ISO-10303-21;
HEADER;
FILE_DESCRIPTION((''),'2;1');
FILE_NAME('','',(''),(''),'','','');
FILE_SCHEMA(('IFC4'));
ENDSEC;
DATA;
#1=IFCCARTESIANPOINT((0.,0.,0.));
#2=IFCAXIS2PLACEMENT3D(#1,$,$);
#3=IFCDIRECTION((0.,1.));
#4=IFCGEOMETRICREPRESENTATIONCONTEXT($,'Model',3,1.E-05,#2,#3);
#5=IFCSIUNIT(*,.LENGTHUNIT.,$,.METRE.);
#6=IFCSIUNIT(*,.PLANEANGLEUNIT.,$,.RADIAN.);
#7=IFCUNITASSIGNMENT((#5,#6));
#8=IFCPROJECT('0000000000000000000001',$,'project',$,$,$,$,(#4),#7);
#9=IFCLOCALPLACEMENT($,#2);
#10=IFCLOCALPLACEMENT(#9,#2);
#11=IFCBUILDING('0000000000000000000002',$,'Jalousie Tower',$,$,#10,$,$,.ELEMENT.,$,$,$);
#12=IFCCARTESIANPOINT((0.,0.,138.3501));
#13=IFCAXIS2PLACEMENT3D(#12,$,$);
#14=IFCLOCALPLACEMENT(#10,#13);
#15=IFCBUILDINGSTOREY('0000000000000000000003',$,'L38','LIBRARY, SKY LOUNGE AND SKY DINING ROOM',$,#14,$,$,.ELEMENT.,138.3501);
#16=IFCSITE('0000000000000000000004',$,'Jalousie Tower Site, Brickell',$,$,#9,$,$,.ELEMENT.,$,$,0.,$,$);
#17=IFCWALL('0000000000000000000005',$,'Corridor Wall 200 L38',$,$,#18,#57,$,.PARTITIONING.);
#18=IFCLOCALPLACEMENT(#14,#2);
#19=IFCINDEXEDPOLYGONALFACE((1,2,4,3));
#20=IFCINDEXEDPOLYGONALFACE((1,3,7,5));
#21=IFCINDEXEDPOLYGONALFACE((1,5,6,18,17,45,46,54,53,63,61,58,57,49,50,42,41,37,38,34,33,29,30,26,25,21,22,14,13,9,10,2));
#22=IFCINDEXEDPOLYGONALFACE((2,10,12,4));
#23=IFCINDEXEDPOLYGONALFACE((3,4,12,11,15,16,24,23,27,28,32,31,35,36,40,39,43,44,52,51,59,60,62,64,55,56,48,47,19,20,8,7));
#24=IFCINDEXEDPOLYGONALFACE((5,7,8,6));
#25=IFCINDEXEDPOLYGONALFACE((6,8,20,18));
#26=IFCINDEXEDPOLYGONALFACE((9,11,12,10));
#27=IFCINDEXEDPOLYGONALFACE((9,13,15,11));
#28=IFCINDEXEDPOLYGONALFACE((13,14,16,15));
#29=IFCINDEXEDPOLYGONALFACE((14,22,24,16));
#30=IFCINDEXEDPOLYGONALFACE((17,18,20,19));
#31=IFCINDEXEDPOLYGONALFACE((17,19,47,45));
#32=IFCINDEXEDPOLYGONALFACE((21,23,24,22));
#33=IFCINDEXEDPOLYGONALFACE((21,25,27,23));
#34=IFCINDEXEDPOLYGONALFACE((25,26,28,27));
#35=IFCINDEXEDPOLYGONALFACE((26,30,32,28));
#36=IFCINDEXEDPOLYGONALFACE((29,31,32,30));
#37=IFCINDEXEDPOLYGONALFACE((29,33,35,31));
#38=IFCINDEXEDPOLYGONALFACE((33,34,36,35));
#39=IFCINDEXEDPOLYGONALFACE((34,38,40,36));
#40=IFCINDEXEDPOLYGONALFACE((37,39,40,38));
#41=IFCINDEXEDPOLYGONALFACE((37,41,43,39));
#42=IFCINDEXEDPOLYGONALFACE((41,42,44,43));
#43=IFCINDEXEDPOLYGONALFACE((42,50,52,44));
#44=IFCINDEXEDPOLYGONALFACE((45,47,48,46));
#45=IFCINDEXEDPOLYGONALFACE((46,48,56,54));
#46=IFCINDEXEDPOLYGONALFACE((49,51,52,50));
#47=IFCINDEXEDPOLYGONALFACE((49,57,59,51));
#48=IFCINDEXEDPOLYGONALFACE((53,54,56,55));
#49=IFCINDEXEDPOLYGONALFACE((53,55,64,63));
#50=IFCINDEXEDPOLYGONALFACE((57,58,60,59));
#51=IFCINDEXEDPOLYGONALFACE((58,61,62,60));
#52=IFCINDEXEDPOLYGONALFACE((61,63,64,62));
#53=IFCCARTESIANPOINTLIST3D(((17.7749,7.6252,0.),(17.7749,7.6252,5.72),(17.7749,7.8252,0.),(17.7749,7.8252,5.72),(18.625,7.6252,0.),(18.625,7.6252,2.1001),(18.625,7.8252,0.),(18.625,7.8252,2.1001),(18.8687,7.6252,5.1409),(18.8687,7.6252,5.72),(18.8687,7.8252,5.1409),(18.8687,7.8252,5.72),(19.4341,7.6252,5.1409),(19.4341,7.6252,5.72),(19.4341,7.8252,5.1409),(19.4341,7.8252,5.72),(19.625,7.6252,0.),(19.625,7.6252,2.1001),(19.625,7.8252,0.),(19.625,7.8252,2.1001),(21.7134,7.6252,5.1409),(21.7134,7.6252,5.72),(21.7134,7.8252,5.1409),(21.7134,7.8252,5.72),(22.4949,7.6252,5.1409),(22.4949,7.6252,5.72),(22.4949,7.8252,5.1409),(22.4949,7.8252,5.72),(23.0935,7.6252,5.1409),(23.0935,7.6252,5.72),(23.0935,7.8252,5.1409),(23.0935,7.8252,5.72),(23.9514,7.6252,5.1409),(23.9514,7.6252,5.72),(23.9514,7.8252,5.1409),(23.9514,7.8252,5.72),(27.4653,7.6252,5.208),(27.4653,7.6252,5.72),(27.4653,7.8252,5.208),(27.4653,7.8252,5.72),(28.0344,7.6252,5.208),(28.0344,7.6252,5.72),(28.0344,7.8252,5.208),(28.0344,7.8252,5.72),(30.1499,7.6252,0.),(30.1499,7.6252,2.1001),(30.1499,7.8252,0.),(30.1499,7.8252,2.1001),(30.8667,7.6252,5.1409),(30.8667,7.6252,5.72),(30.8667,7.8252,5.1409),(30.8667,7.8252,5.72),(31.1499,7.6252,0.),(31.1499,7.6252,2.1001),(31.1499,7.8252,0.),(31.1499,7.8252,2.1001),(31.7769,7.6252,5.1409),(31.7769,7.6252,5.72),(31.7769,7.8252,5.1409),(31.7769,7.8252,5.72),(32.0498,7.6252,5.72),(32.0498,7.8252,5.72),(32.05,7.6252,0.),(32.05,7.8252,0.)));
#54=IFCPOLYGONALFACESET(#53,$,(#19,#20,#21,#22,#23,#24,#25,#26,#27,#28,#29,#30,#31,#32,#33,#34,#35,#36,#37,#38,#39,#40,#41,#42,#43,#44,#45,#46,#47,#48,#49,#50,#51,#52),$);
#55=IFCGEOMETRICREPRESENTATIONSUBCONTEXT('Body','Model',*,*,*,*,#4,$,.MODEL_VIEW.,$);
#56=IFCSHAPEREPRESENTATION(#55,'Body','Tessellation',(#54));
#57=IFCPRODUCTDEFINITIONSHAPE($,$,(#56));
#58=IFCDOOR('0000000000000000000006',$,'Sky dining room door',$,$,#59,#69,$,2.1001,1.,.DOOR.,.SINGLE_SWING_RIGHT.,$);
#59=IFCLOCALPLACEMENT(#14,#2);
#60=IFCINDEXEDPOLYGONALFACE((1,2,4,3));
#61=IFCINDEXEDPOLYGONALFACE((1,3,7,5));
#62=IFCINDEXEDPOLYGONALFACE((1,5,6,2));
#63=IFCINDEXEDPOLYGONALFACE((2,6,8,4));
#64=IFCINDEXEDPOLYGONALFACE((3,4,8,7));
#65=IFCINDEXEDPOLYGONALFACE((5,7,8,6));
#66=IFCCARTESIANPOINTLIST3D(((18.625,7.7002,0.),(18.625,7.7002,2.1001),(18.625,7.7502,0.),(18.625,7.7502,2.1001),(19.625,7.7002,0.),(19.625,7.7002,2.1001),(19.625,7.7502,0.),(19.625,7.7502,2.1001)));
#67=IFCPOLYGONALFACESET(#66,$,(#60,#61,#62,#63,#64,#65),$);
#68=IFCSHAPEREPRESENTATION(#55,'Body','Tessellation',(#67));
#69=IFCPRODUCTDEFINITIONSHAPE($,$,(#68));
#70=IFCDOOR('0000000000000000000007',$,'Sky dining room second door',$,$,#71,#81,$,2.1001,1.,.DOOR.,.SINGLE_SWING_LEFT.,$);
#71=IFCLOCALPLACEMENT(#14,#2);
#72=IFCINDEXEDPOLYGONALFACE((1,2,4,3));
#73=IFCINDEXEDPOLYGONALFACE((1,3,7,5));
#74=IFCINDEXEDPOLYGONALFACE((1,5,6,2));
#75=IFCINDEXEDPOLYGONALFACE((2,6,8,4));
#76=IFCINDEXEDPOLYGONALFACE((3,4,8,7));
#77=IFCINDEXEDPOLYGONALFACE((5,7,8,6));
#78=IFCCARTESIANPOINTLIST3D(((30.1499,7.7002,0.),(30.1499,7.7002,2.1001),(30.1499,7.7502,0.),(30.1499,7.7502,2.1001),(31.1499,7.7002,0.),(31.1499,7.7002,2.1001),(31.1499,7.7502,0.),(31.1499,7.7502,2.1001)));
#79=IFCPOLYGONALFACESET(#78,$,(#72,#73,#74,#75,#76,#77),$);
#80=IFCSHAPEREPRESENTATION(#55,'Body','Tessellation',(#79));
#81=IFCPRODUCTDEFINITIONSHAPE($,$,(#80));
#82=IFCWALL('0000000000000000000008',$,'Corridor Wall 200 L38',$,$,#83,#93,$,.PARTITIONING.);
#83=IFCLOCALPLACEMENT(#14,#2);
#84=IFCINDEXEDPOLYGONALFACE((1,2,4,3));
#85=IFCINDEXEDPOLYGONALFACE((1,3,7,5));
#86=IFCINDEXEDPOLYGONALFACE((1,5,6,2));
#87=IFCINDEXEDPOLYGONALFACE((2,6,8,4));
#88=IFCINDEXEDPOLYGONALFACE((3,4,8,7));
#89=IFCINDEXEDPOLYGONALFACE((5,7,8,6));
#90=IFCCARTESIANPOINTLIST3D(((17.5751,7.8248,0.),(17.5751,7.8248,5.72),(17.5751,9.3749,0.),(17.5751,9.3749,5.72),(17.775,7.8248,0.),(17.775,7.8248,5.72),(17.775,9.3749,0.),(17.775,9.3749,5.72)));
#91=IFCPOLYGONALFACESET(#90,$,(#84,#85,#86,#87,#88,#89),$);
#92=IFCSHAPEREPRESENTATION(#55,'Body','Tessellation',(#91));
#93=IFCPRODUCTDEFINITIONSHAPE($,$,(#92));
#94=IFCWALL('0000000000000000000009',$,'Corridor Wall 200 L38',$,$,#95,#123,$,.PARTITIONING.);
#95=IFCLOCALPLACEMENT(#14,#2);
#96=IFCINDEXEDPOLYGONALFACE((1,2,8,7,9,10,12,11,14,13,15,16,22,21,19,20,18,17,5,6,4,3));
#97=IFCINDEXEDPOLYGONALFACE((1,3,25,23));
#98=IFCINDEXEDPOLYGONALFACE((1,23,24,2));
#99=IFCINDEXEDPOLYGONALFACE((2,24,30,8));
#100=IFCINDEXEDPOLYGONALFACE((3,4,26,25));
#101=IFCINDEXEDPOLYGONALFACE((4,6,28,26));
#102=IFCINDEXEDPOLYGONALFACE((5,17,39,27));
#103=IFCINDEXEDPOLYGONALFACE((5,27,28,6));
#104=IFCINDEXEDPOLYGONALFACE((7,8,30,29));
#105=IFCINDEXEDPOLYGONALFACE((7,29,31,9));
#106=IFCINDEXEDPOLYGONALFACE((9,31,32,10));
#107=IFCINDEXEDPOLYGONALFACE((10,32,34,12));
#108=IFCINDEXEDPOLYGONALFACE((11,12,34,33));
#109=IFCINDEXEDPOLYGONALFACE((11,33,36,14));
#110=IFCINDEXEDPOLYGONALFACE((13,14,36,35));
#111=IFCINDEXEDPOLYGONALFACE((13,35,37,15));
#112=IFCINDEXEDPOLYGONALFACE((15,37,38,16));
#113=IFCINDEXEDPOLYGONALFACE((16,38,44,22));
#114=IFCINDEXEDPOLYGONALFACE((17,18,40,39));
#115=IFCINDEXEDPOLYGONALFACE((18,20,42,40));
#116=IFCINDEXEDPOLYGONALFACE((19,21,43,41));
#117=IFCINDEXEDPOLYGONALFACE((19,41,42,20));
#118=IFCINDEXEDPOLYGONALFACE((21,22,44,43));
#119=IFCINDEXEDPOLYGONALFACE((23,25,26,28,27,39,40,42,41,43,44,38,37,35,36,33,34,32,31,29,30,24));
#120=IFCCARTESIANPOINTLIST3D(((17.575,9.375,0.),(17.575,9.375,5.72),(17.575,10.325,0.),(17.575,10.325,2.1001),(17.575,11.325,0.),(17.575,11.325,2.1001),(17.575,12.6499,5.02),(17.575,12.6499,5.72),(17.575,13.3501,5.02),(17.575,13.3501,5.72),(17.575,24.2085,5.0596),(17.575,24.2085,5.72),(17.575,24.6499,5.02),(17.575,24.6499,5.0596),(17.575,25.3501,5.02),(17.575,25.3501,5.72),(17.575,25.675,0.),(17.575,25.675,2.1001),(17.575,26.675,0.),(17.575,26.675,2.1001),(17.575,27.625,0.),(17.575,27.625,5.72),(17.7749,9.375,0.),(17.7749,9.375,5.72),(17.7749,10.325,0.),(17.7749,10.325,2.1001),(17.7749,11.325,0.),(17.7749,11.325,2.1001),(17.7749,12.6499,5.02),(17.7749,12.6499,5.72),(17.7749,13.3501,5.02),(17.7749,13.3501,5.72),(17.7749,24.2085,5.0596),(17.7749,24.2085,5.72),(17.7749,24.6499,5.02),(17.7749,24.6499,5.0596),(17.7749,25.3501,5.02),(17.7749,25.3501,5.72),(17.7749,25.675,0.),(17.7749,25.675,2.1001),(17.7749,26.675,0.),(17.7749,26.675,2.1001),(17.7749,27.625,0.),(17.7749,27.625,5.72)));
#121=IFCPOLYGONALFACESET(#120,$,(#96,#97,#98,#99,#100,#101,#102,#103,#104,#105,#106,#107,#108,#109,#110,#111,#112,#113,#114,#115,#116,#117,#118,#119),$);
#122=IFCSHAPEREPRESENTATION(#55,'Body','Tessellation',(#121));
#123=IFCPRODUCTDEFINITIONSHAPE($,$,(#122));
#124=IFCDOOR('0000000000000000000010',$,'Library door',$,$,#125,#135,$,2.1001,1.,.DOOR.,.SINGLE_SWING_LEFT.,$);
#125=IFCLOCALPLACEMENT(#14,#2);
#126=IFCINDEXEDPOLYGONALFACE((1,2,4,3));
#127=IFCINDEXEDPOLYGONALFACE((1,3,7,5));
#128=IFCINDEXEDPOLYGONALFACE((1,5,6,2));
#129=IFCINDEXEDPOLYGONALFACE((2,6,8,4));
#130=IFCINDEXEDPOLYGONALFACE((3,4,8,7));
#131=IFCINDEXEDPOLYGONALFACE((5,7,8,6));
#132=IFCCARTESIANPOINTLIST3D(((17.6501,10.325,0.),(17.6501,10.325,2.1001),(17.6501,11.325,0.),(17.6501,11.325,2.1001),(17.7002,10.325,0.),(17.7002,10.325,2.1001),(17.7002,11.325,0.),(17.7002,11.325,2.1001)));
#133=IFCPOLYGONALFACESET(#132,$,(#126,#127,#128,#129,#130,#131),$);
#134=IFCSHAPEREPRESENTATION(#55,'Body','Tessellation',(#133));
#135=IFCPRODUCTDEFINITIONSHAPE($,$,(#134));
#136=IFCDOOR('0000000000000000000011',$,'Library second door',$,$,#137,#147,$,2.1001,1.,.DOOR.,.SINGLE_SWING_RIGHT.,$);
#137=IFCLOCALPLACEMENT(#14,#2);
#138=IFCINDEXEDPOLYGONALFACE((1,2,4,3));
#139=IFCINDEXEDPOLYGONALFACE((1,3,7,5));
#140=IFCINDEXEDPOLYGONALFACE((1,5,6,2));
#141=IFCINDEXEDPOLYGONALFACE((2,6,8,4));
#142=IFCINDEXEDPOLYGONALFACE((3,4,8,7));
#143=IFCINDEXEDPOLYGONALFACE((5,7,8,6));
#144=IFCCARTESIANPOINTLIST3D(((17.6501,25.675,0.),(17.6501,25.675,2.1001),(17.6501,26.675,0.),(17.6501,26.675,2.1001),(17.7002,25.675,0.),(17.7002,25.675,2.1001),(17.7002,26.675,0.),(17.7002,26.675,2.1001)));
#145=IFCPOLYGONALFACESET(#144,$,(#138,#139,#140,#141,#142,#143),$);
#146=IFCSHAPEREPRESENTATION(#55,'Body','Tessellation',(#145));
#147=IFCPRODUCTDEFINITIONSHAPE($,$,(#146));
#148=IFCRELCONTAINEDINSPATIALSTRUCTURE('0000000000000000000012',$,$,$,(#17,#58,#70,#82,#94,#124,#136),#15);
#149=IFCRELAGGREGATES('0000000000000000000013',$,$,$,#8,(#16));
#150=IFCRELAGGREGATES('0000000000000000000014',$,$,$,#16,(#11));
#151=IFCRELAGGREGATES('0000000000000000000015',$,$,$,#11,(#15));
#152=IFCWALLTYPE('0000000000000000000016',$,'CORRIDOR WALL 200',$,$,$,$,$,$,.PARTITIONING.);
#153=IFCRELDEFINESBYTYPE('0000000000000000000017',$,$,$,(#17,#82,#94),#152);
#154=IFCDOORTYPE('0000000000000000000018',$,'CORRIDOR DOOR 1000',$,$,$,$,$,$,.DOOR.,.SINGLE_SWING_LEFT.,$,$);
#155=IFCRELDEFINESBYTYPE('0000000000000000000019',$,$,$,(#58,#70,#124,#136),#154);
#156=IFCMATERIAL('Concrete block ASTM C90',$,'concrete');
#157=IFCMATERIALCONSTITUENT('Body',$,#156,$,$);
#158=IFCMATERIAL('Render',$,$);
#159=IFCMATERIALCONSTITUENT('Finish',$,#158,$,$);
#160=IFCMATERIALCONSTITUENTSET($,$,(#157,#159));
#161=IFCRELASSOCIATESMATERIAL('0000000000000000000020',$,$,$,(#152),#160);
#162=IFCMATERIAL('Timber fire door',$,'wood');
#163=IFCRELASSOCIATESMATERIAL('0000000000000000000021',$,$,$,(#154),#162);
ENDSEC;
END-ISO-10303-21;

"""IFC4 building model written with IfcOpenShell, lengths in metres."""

from ifc_helpers import new_model, si_unit, direction, frame, frame_2d, origin, place, context, subcontext, project, spatial, polyline, rectangle, outline, extrude, material, constituent, constituent_set, type_object, element, fill, save


model = new_model("IFC4")

# Units and contexts
model_context = context("Model", 3, precision=1e-05, world=origin(), true_north=direction((0.0, 1.0)))
body_context = subcontext(model_context, "Body", "Model", "MODEL_VIEW")
ifc_project = project(units=[si_unit("LENGTHUNIT", "METRE"), si_unit("PLANEANGLEUNIT", "RADIAN")], contexts=[model_context])

# Site, building, storey
site_placement = place(None, origin())
site = spatial("IfcSite", under=ifc_project, at=site_placement, Name="Jalousie Tower Site, Brickell", CompositionType="ELEMENT", RefElevation=0.0)
building_placement = place(site_placement, origin())
building = spatial("IfcBuilding", under=site, at=building_placement, Name="Jalousie Tower", CompositionType="ELEMENT")
storey_placement = place(building_placement, frame((0.0, 0.0, 138.3501)))
storey = spatial("IfcBuildingStorey", under=building, at=storey_placement, Name="L38", Description="LIBRARY, SKY LOUNGE AND SKY DINING ROOM", CompositionType="ELEMENT", Elevation=138.3501)

# Wall, openings, doors
ifc_material_1 = material(Name="Concrete block ASTM C90", Category="concrete")
ifc_constituent_1 = constituent(ifc_material_1, Name="Body")
ifc_material_2 = material(Name="Render")
ifc_constituent_2 = constituent(ifc_material_2, Name="Finish")
ifc_constituent_set_1 = constituent_set(constituents=[ifc_constituent_1, ifc_constituent_2])
wall_type_1 = type_object("IfcWallType", Name="CORRIDOR WALL 200", PredefinedType="PARTITIONING", material=ifc_constituent_set_1)
wall_1_placement = place(storey_placement, frame((17.7749, 7.7251, 0.0), z_axis=(0.0, 0.0, 1.0), x_axis=(1.0, 0.0, 0.0)))
wall_1 = element("IfcWall", 1, at=wall_1_placement, inside=storey, type_object=wall_type_1, Name="Corridor Wall 200 L38", PredefinedType="PARTITIONING", context=body_context, shape_type="SweptSolid", body=[
    extrude(outline(polyline([(0.0, 0.0), (14.2751, 0.0), (14.2749, 5.72), (14.002, 5.72), (14.002, 5.1409), (13.0918, 5.1409), (13.0918, 5.72), (10.2595, 5.72), (10.2595, 5.208), (9.6904, 5.208), (9.6904, 5.72), (6.1765, 5.72), (6.1765, 5.1409), (5.3186, 5.1409), (5.3186, 5.72), (4.72, 5.72), (4.72, 5.1409), (3.9385, 5.1409), (3.9385, 5.72), (1.6592, 5.72), (1.6592, 5.1409), (1.0938, 5.1409), (1.0938, 5.72), (0.0, 5.72), (0.0, 0.0)])), frame((0.0, 0.1001, 0.0), z_axis=(0.0, -1.0, 0.0), x_axis=(1.0, 0.0, 0.0)), (0.0, 0.0, 1.0), 0.2),
])
opening_1_placement = place(wall_1_placement, frame((0.8501, 0.0, 0.0)))
opening_1 = element("IfcOpeningElement", 2, at=opening_1_placement, cuts=wall_1, PredefinedType="OPENING", context=body_context, shape_type="SweptSolid", body=[
    extrude(rectangle(XDim=1.0, YDim=2.1001, at=frame_2d((0.5, 1.05))), frame((0.0, 0.1099, 0.0), z_axis=(0.0, -1.0, 0.0), x_axis=(1.0, 0.0, 0.0)), (0.0, 0.0, 1.0), 0.22),
])
opening_2_placement = place(wall_1_placement, frame((12.375, 0.0, 0.0)))
opening_2 = element("IfcOpeningElement", 3, at=opening_2_placement, cuts=wall_1, PredefinedType="OPENING", context=body_context, shape_type="SweptSolid", body=[
    extrude(rectangle(XDim=1.0, YDim=2.1001, at=frame_2d((0.5, 1.05))), frame((0.0, 0.1099, 0.0), z_axis=(0.0, -1.0, 0.0), x_axis=(1.0, 0.0, 0.0)), (0.0, 0.0, 1.0), 0.22),
])
ifc_material_3 = material(Name="Timber fire door", Category="wood")
door_type_1 = type_object("IfcDoorType", Name="CORRIDOR DOOR 1000", OperationType="SINGLE_SWING_LEFT", PredefinedType="DOOR", material=ifc_material_3)
door_1_placement = place(opening_1_placement, frame((1.0, 0.0, 0.0), z_axis=(0.0, 0.0, 1.0), x_axis=(-1.0, 0.0, 0.0)))
door_1 = element("IfcDoor", 4, at=door_1_placement, inside=storey, type_object=door_type_1, Name="Sky dining room door", OperationType="SINGLE_SWING_RIGHT", OverallHeight=2.1001, OverallWidth=1.0, PredefinedType="DOOR", context=body_context, shape_type="SweptSolid", body=[
    extrude(rectangle(XDim=1.0, YDim=2.1001, at=frame_2d((0.5, 1.05))), frame((0.0, 0.0249, 0.0), z_axis=(0.0, -1.0, 0.0), x_axis=(1.0, 0.0, 0.0)), (0.0, 0.0, 1.0), 0.05),
])
fill(opening_1, door_1)
door_2_placement = place(opening_2_placement, frame((1.0, 0.0, 0.0), z_axis=(0.0, 0.0, 1.0), x_axis=(-1.0, 0.0, 0.0)))
door_2 = element("IfcDoor", 5, at=door_2_placement, inside=storey, type_object=door_type_1, Name="Sky dining room second door", OperationType="SINGLE_SWING_LEFT", OverallHeight=2.1001, OverallWidth=1.0, PredefinedType="DOOR", context=body_context, shape_type="SweptSolid", body=[
    extrude(rectangle(XDim=1.0, YDim=2.1001, at=frame_2d((0.5, 1.05))), frame((0.0, 0.0249, 0.0), z_axis=(0.0, -1.0, 0.0), x_axis=(1.0, 0.0, 0.0)), (0.0, 0.0, 1.0), 0.05),
])
fill(opening_2, door_2)

# Wall
wall_2_placement = place(storey_placement, frame((17.675, 7.825, 0.0), z_axis=(0.0, 0.0, 1.0), x_axis=(0.0, 1.0, 0.0)))
element("IfcWall", 6, at=wall_2_placement, inside=storey, type_object=wall_type_1, Name="Corridor Wall 200 L38", PredefinedType="PARTITIONING", context=body_context, shape_type="SweptSolid", body=[
    extrude(rectangle(XDim=1.55, YDim=0.2, at=frame_2d((0.7749, 0.0))), origin(), (0.0, 0.0, 1.0), 5.72),
])

# Wall, openings, doors
wall_3_placement = place(storey_placement, frame((17.675, 9.375, 0.0), z_axis=(0.0, 0.0, 1.0), x_axis=(0.0, 1.0, 0.0)))
wall_3 = element("IfcWall", 7, at=wall_3_placement, inside=storey, type_object=wall_type_1, Name="Corridor Wall 200 L38", PredefinedType="PARTITIONING", context=body_context, shape_type="SweptSolid", body=[
    extrude(outline(polyline([(0.0, 0.0), (18.25, 0.0), (18.25, 5.72), (15.9751, 5.72), (15.9751, 5.02), (15.2749, 5.02), (15.2749, 5.0596), (14.8335, 5.0596), (14.8335, 5.72), (3.9751, 5.72), (3.9751, 5.02), (3.2749, 5.02), (3.2749, 5.72), (0.0, 5.72), (0.0, 0.0)])), frame((0.0, 0.1001, 0.0), z_axis=(0.0, -1.0, 0.0), x_axis=(1.0, 0.0, 0.0)), (0.0, 0.0, 1.0), 0.2),
])
opening_3_placement = place(wall_3_placement, frame((0.95, 0.0, 0.0)))
opening_3 = element("IfcOpeningElement", 8, at=opening_3_placement, cuts=wall_3, PredefinedType="OPENING", context=body_context, shape_type="SweptSolid", body=[
    extrude(rectangle(XDim=1.0, YDim=2.1001, at=frame_2d((0.5, 1.05))), frame((0.0, 0.1099, 0.0), z_axis=(0.0, -1.0, 0.0), x_axis=(1.0, 0.0, 0.0)), (0.0, 0.0, 1.0), 0.22),
])
opening_4_placement = place(wall_3_placement, frame((16.3, 0.0, 0.0)))
opening_4 = element("IfcOpeningElement", 9, at=opening_4_placement, cuts=wall_3, PredefinedType="OPENING", context=body_context, shape_type="SweptSolid", body=[
    extrude(rectangle(XDim=1.0, YDim=2.1001, at=frame_2d((0.5, 1.05))), frame((0.0, 0.1099, 0.0), z_axis=(0.0, -1.0, 0.0), x_axis=(1.0, 0.0, 0.0)), (0.0, 0.0, 1.0), 0.22),
])
door_3_placement = place(opening_3_placement, origin())
door_3 = element("IfcDoor", 10, at=door_3_placement, inside=storey, type_object=door_type_1, Name="Library door", OperationType="SINGLE_SWING_LEFT", OverallHeight=2.1001, OverallWidth=1.0, PredefinedType="DOOR", context=body_context, shape_type="SweptSolid", body=[
    extrude(rectangle(XDim=1.0, YDim=2.1001, at=frame_2d((0.5, 1.05))), frame((0.0, 0.0249, 0.0), z_axis=(0.0, -1.0, 0.0), x_axis=(1.0, 0.0, 0.0)), (0.0, 0.0, 1.0), 0.05),
])
fill(opening_3, door_3)
door_4_placement = place(opening_4_placement, origin())
door_4 = element("IfcDoor", 11, at=door_4_placement, inside=storey, type_object=door_type_1, Name="Library second door", OperationType="SINGLE_SWING_RIGHT", OverallHeight=2.1001, OverallWidth=1.0, PredefinedType="DOOR", context=body_context, shape_type="SweptSolid", body=[
    extrude(rectangle(XDim=1.0, YDim=2.1001, at=frame_2d((0.5, 1.05))), frame((0.0, 0.0249, 0.0), z_axis=(0.0, -1.0, 0.0), x_axis=(1.0, 0.0, 0.0)), (0.0, 0.0, 1.0), 0.05),
])
fill(opening_4, door_4)

save(model, "model.ifc")
